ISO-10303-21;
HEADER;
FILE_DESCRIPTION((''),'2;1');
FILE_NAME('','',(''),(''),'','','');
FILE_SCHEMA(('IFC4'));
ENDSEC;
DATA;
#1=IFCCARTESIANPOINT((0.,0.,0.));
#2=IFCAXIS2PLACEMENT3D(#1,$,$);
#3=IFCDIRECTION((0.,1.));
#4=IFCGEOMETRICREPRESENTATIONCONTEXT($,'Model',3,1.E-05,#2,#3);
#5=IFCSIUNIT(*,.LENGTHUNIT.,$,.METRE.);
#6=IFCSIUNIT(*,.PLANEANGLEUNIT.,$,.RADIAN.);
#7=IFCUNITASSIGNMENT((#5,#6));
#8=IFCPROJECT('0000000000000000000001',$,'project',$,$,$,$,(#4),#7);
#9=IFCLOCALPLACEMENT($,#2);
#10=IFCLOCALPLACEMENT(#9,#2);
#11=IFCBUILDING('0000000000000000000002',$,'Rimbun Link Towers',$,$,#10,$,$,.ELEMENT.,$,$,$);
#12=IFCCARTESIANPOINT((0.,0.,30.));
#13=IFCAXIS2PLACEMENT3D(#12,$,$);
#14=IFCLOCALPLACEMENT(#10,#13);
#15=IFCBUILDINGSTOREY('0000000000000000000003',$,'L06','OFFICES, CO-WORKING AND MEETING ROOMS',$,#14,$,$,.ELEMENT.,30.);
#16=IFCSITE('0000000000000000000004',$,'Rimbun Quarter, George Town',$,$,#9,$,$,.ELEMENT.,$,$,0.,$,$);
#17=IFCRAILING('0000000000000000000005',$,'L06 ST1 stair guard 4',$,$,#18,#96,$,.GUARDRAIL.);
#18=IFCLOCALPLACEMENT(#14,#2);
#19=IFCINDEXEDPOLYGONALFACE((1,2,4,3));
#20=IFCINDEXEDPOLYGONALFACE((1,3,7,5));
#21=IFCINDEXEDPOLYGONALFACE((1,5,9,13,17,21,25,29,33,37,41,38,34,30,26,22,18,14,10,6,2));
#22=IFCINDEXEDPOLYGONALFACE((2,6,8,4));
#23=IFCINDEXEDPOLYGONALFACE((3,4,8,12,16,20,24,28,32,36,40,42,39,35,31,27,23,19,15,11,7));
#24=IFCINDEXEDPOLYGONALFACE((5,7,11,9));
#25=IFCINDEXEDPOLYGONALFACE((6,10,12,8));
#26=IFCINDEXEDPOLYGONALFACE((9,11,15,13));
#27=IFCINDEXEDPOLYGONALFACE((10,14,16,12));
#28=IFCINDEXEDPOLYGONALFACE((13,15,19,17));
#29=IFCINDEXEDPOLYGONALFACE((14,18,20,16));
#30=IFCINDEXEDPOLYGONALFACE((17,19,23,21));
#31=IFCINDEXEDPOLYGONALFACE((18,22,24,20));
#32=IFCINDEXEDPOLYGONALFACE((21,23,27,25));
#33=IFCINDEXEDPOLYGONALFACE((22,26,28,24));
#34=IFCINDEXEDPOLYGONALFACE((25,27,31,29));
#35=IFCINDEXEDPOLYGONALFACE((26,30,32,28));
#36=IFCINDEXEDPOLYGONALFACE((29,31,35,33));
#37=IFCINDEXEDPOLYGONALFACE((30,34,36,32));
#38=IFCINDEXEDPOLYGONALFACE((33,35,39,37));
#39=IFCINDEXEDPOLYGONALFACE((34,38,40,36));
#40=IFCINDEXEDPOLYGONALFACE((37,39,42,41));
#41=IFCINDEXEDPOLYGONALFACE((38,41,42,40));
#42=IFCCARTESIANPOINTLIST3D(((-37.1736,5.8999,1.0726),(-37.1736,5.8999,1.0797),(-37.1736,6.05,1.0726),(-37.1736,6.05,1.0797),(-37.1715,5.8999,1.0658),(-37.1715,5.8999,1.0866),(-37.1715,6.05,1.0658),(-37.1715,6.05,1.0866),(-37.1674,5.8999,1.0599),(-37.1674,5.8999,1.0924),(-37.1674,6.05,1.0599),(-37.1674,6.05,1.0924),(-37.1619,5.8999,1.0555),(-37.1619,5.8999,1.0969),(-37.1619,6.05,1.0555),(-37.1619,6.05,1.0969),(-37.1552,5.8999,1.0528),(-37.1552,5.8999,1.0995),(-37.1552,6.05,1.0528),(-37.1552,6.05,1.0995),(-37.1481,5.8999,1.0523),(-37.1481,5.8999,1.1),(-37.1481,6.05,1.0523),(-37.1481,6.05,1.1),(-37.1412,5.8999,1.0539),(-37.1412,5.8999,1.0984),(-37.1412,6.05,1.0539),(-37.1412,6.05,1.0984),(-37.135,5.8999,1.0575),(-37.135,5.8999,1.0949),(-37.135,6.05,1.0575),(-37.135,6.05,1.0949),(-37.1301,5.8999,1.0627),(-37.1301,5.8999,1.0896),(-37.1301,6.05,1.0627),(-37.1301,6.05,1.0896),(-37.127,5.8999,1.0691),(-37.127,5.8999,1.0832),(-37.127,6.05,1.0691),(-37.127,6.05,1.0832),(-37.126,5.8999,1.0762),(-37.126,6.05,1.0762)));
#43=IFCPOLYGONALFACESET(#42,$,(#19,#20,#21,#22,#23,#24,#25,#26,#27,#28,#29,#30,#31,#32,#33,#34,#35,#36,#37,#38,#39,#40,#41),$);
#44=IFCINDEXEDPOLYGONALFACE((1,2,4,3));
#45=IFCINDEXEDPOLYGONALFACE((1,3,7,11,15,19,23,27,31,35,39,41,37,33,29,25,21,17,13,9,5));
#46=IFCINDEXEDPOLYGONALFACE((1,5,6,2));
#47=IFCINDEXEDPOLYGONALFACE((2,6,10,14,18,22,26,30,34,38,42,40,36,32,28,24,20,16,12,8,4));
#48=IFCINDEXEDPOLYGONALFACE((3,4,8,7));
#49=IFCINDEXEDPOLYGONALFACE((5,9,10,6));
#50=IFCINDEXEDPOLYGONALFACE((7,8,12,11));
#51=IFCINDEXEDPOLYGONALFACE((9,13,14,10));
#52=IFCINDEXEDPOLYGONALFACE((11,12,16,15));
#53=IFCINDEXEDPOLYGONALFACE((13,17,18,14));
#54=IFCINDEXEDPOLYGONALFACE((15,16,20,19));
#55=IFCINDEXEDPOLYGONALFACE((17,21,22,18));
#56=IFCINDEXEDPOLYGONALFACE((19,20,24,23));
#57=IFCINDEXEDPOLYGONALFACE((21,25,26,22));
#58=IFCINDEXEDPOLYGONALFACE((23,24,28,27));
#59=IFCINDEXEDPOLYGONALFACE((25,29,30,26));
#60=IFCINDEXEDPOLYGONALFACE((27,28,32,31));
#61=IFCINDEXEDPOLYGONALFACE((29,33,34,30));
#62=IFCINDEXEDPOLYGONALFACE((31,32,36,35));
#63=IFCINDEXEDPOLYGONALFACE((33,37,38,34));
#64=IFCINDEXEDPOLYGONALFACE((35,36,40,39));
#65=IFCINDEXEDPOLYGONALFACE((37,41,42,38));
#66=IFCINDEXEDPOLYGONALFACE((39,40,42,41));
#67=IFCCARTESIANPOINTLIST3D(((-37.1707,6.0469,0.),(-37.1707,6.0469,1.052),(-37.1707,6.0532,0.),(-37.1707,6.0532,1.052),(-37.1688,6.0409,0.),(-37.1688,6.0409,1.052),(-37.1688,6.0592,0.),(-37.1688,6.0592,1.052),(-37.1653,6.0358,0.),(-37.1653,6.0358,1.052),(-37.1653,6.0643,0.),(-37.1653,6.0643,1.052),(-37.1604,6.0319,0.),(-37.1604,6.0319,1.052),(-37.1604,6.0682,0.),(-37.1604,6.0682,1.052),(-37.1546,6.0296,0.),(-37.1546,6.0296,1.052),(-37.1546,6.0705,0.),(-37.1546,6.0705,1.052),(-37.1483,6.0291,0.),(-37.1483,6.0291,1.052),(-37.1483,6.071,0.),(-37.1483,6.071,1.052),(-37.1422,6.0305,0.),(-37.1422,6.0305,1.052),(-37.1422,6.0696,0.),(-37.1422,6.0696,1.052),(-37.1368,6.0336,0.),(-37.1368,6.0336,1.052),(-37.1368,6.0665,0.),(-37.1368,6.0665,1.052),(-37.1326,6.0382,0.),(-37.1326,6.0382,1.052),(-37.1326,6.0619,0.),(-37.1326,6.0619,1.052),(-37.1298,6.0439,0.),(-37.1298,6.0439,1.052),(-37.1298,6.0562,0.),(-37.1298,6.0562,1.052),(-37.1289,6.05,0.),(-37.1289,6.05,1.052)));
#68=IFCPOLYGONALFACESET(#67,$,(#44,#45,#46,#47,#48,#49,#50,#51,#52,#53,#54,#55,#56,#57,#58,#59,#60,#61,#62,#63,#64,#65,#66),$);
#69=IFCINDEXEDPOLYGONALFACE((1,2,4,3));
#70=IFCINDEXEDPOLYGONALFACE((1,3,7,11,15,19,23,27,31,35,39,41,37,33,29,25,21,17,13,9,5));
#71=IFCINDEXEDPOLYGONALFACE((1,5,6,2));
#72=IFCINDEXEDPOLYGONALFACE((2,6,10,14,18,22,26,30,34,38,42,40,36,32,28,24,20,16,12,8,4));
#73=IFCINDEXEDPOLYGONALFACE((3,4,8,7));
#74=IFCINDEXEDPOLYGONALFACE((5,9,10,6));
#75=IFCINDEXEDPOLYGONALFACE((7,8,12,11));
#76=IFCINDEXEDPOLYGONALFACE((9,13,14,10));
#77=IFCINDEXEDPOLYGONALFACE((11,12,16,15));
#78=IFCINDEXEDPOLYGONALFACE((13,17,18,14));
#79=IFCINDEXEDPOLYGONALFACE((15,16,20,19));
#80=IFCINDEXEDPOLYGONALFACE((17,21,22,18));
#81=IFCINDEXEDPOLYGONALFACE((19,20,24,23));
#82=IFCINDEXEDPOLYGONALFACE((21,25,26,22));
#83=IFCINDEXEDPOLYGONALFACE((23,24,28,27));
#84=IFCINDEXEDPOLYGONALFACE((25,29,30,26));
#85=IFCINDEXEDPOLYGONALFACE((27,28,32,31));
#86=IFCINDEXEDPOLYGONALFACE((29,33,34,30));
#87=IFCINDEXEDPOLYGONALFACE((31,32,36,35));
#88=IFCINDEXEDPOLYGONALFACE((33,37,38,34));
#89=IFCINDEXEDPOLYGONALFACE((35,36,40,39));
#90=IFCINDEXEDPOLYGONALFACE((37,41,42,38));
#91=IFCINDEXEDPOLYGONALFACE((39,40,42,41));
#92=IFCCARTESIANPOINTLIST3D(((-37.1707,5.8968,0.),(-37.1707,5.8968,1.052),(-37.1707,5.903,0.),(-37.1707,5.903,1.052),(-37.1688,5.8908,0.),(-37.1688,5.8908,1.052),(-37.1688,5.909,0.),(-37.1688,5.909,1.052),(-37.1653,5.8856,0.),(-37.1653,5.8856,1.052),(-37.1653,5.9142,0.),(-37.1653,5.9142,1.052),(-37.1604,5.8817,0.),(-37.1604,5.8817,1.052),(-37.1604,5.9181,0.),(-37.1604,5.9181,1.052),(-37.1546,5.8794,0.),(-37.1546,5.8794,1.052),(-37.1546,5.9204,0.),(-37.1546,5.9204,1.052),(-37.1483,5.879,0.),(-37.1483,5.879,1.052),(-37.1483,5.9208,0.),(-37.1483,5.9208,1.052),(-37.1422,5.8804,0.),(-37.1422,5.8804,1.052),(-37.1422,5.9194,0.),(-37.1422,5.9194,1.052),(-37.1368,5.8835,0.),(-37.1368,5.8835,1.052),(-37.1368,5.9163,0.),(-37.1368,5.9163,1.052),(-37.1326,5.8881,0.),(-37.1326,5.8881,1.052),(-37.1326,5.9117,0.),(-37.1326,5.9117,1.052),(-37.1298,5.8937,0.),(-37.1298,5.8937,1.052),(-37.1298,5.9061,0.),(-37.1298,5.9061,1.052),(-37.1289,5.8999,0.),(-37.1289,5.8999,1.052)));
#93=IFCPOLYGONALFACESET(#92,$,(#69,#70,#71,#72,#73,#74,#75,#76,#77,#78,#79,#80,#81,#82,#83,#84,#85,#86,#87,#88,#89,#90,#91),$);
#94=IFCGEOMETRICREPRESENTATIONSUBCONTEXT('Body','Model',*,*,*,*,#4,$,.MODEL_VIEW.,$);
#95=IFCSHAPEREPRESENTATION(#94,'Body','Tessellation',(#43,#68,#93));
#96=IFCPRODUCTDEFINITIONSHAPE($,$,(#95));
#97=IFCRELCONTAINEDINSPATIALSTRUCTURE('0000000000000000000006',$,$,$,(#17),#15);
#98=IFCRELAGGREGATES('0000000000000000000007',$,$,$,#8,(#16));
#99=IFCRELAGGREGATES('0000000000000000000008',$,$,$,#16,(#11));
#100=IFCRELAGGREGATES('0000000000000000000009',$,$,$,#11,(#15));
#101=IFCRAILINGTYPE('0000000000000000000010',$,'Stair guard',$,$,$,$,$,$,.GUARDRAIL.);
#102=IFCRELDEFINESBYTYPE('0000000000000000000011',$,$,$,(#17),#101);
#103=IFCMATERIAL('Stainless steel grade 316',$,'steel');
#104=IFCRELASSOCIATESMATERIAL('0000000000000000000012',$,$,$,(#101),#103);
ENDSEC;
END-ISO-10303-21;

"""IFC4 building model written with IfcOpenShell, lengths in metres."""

from ifc_helpers import new_model, si_unit, direction, frame, origin, origin_2d, place, context, subcontext, project, spatial, circle, extrude, material, type_object, element, save


model = new_model("IFC4")

# Units and contexts
model_context = context("Model", 3, precision=1e-05, world=origin(), true_north=direction((0.0, 1.0)))
body_context = subcontext(model_context, "Body", "Model", "MODEL_VIEW")
ifc_project = project(units=[si_unit("LENGTHUNIT", "METRE"), si_unit("PLANEANGLEUNIT", "RADIAN")], contexts=[model_context])

# Site, building, storey
site_placement = place(None, origin())
site = spatial("IfcSite", under=ifc_project, at=site_placement, Name="Rimbun Quarter, George Town", CompositionType="ELEMENT", RefElevation=0.0)
building_placement = place(site_placement, origin())
building = spatial("IfcBuilding", under=site, at=building_placement, Name="Rimbun Link Towers", CompositionType="ELEMENT")
storey_placement = place(building_placement, frame((0.0, 0.0, 30.0)))
storey = spatial("IfcBuildingStorey", under=building, at=storey_placement, Name="L06", Description="OFFICES, CO-WORKING AND MEETING ROOMS", CompositionType="ELEMENT", Elevation=30.0)

# Railing
ifc_material_1 = material(Name="Stainless steel grade 316", Category="steel")
railing_type_1 = type_object("IfcRailingType", Name="Stair guard", PredefinedType="GUARDRAIL", material=ifc_material_1)
railing_1_placement = place(storey_placement, frame((-37.1499, 6.05, 0.0)))
element("IfcRailing", 1, at=railing_1_placement, inside=storey, type_object=railing_type_1, Name="L06 ST1 stair guard 4", PredefinedType="GUARDRAIL", context=body_context, shape_type="SweptSolid", body=[
    extrude(circle(Radius=0.0239, at=origin_2d()), frame((0.0, 0.0, 1.0762), z_axis=(0.0, -1.0, 0.0), x_axis=(1.0, 0.0, 0.0)), (0.0, 0.0, 1.0), 0.1501),
    extrude(circle(Radius=0.021, at=origin_2d()), origin(), (0.0, 0.0, 1.0), 1.052),
    extrude(circle(Radius=0.021, at=origin_2d()), frame((0.0, -0.1501, 0.0)), (0.0, 0.0, 1.0), 1.052),
])

save(model, "model.ifc")
